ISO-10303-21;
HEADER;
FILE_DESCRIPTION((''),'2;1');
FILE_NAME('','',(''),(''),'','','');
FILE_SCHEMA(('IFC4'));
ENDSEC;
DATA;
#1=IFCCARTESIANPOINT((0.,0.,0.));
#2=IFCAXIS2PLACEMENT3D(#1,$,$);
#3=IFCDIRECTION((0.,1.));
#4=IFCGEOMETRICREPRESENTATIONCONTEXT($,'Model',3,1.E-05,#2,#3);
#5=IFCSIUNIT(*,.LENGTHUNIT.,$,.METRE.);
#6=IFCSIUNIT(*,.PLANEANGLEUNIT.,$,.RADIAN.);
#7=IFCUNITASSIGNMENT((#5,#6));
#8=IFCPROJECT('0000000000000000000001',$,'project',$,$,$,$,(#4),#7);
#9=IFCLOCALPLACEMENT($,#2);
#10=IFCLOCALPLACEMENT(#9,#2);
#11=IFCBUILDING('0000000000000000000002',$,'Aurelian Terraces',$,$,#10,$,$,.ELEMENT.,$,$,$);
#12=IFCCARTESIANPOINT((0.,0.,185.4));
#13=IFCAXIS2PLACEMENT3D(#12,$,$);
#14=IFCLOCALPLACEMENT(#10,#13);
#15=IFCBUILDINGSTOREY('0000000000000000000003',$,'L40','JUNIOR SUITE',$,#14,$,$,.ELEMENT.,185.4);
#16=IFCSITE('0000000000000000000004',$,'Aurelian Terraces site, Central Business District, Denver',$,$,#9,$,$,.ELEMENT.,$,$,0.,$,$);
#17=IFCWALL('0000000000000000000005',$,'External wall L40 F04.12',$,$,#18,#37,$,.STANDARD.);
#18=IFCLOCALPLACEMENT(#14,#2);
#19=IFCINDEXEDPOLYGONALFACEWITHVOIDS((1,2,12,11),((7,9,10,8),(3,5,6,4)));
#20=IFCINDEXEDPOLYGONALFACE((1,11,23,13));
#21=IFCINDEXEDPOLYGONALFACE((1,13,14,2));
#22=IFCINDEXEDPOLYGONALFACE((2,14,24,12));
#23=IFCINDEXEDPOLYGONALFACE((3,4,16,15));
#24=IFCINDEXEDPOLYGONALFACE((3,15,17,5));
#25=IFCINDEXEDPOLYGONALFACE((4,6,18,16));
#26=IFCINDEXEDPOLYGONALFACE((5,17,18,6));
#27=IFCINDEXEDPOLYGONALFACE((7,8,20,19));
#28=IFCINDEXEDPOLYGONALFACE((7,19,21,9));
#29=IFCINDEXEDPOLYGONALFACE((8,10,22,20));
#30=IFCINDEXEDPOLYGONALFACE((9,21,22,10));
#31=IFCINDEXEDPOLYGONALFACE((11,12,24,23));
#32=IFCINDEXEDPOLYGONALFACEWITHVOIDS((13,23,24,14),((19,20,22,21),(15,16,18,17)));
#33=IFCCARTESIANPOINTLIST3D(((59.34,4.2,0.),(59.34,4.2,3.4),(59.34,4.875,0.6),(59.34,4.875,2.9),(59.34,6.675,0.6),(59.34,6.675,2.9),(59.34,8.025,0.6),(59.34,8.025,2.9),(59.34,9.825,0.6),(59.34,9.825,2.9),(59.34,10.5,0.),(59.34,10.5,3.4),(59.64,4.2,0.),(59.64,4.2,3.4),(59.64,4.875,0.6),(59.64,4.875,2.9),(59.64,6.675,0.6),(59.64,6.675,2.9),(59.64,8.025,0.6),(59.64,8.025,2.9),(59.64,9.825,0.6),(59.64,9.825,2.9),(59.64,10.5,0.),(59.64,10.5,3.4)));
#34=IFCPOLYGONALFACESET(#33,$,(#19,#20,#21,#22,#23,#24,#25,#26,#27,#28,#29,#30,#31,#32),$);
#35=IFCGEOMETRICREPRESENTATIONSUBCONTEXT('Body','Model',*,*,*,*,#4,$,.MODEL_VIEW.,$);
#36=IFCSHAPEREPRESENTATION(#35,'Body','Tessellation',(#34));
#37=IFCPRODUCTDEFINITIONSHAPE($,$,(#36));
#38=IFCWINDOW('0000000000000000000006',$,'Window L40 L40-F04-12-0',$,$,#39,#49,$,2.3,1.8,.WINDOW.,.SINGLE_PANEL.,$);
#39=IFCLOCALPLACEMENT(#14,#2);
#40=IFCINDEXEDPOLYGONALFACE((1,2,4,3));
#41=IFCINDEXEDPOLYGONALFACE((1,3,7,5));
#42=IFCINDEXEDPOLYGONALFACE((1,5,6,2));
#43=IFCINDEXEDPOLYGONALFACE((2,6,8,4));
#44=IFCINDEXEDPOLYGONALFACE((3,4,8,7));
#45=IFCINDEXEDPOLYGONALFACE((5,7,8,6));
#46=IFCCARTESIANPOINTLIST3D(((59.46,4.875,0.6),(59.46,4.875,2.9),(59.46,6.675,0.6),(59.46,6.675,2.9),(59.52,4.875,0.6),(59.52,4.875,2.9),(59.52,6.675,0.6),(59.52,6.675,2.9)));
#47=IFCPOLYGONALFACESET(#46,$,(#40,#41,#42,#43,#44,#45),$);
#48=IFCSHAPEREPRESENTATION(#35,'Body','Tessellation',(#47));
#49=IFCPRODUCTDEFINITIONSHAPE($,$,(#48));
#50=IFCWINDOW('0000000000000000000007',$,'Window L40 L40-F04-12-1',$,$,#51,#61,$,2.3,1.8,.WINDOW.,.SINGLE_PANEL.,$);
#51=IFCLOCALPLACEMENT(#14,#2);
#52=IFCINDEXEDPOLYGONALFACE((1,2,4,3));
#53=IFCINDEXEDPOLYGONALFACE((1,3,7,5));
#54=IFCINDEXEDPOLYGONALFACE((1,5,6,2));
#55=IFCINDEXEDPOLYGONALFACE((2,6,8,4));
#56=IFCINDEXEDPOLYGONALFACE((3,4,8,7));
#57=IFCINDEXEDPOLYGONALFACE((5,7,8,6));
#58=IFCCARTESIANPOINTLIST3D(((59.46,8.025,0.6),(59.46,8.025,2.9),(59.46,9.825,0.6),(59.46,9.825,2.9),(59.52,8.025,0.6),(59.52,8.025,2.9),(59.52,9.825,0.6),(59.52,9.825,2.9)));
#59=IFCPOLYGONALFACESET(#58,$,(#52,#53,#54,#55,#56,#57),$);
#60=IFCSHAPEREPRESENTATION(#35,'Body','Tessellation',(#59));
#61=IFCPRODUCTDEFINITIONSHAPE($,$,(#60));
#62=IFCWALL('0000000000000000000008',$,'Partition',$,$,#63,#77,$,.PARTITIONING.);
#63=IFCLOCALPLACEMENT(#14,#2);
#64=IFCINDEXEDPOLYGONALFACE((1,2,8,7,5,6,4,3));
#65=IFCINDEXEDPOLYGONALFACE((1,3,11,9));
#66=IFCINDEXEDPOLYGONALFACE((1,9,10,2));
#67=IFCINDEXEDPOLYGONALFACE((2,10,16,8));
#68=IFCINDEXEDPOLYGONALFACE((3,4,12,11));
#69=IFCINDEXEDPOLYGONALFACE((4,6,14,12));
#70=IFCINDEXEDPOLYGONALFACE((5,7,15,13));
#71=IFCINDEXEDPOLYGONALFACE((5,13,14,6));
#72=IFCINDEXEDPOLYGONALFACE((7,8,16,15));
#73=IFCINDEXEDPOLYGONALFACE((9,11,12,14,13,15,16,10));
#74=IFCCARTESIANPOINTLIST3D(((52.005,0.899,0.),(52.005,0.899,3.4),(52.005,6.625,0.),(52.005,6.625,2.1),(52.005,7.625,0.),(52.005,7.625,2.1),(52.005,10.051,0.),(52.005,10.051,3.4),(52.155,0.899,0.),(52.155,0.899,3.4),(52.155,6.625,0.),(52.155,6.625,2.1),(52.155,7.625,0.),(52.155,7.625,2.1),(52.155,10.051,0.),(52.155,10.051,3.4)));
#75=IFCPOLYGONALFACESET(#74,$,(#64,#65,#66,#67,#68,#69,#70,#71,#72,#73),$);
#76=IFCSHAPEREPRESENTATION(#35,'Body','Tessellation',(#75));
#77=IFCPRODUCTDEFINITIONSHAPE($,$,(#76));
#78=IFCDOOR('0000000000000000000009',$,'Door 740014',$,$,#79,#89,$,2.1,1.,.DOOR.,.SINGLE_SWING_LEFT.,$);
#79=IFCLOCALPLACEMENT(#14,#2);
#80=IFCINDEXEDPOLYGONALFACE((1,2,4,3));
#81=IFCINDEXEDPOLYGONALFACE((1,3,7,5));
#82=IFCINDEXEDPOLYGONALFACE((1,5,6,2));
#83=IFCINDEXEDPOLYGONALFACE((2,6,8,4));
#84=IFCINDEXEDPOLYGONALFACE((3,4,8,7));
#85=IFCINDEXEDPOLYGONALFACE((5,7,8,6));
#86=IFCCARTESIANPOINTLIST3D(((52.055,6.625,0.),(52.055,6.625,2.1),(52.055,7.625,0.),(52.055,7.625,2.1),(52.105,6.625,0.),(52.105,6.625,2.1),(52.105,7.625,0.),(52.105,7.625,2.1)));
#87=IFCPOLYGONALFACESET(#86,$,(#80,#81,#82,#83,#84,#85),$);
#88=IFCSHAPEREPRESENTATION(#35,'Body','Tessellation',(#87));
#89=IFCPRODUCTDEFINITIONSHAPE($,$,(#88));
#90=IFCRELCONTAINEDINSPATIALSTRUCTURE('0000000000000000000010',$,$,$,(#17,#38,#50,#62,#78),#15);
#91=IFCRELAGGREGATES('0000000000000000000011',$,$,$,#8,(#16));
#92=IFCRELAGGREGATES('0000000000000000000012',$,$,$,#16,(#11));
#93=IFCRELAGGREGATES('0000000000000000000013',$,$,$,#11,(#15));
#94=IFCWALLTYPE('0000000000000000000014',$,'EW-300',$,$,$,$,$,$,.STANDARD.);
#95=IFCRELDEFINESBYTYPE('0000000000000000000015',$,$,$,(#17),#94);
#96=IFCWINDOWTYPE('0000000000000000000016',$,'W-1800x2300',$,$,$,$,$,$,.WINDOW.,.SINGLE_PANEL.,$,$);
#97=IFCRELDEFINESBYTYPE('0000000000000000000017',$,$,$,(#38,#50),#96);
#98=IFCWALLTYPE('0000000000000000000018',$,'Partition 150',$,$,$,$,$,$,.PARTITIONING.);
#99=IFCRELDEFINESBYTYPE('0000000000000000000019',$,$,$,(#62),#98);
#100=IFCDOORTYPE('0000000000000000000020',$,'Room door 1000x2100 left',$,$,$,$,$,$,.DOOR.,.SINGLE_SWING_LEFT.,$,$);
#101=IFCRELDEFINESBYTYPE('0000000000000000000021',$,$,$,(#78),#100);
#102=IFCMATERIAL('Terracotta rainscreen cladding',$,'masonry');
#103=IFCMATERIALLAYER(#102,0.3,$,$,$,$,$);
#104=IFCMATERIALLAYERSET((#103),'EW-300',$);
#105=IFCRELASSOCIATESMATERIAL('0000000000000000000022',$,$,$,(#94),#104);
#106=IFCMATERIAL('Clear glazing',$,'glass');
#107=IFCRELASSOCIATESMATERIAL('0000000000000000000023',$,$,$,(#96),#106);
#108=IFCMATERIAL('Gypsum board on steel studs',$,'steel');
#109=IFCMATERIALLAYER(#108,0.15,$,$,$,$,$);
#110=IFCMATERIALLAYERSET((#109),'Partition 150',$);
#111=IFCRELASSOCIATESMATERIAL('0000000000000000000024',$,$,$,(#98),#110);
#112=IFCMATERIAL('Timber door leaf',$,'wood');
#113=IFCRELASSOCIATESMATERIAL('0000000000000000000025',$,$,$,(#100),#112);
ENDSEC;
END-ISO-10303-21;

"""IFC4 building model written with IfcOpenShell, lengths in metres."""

from ifc_helpers import new_model, si_unit, direction, frame, frame_2d, origin, place, context, subcontext, project, spatial, rectangle, extrude, source, transform, mapped, material, layer, layer_set, type_object, element, fill, save


model = new_model("IFC4")

# Units and contexts
model_context = context("Model", 3, precision=1e-05, world=origin(), true_north=direction((0.0, 1.0)))
body_context = subcontext(model_context, "Body", "Model", "MODEL_VIEW")
ifc_project = project(units=[si_unit("LENGTHUNIT", "METRE"), si_unit("PLANEANGLEUNIT", "RADIAN")], contexts=[model_context])

# Site, building, storey
site_placement = place(None, origin())
site = spatial("IfcSite", under=ifc_project, at=site_placement, Name="Aurelian Terraces site, Central Business District, Denver", CompositionType="ELEMENT", RefElevation=0.0)
building_placement = place(site_placement, origin())
building = spatial("IfcBuilding", under=site, at=building_placement, Name="Aurelian Terraces", CompositionType="ELEMENT")
storey_placement = place(building_placement, frame((0.0, 0.0, 185.4)))
storey = spatial("IfcBuildingStorey", under=building, at=storey_placement, Name="L40", Description="JUNIOR SUITE", CompositionType="ELEMENT", Elevation=185.4)

# Shared definitions
ifc_material_1 = material(Name="Terracotta rainscreen cladding", Category="masonry")
ifc_layer_1 = layer(ifc_material_1, 0.3)
ifc_layer_set_1 = layer_set([ifc_layer_1], Name="EW-300")
wall_type_1 = type_object("IfcWallType", Name="EW-300", PredefinedType="STANDARD", material=ifc_layer_set_1)
shared_shape_1 = source(origin(), body_context, "Body", "SweptSolid", [
    extrude(rectangle(XDim=1.8, YDim=2.3, at=frame_2d((0.9, 1.15))), frame((0.0, 0.16, 0.0), z_axis=(0.0, -1.0, 0.0), x_axis=(1.0, 0.0, 0.0)), (0.0, 0.0, 1.0), 0.32),
])
ifc_material_2 = material(Name="Clear glazing", Category="glass")
window_type_1 = type_object("IfcWindowType", Name="W-1800x2300", PartitioningType="SINGLE_PANEL", PredefinedType="WINDOW", material=ifc_material_2)
shared_shape_2 = source(origin(), body_context, "Body", "SweptSolid", [
    extrude(rectangle(XDim=1.8, YDim=2.3, at=frame_2d((0.9, 1.15))), frame((0.0, 0.03, 0.0), z_axis=(0.0, -1.0, 0.0), x_axis=(1.0, 0.0, 0.0)), (0.0, 0.0, 1.0), 0.06),
])

# Wall, openings, windows
shared_shape_3 = source(origin(), body_context, "Body", "SweptSolid", [
    extrude(rectangle(XDim=6.3, YDim=0.3, at=frame_2d((3.15, 0.0))), origin(), (0.0, 0.0, 1.0), 3.4),
])
wall_1_placement = place(storey_placement, frame((59.49, 4.2, 0.0), z_axis=(0.0, 0.0, 1.0), x_axis=(0.0, 1.0, 0.0)))
wall_1 = element("IfcWall", 1, at=wall_1_placement, inside=storey, type_object=wall_type_1, Name="External wall L40 F04.12", PredefinedType="STANDARD", context=body_context, shape_type="MappedRepresentation", body=[
    mapped(shared_shape_3, transform((0.0, 0.0, 0.0), scale=1.0)),
])
opening_1_placement = place(wall_1_placement, frame((0.675, 0.0, 0.6)))
opening_1 = element("IfcOpeningElement", 2, at=opening_1_placement, cuts=wall_1, PredefinedType="OPENING", context=body_context, shape_type="MappedRepresentation", body=[
    mapped(shared_shape_1, transform((0.0, 0.0, 0.0), scale=1.0)),
])
opening_2_placement = place(wall_1_placement, frame((3.825, 0.0, 0.6)))
opening_2 = element("IfcOpeningElement", 3, at=opening_2_placement, cuts=wall_1, PredefinedType="OPENING", context=body_context, shape_type="MappedRepresentation", body=[
    mapped(shared_shape_1, transform((0.0, 0.0, 0.0), scale=1.0)),
])
window_1_placement = place(opening_1_placement, origin())
window_1 = element("IfcWindow", 4, at=window_1_placement, inside=storey, type_object=window_type_1, Name="Window L40 L40-F04-12-0", OverallHeight=2.3, OverallWidth=1.8, PartitioningType="SINGLE_PANEL", PredefinedType="WINDOW", context=body_context, shape_type="MappedRepresentation", body=[
    mapped(shared_shape_2, transform((0.0, 0.0, 0.0), scale=1.0)),
])
fill(opening_1, window_1)
window_2_placement = place(opening_2_placement, origin())
window_2 = element("IfcWindow", 5, at=window_2_placement, inside=storey, type_object=window_type_1, Name="Window L40 L40-F04-12-1", OverallHeight=2.3, OverallWidth=1.8, PartitioningType="SINGLE_PANEL", PredefinedType="WINDOW", context=body_context, shape_type="MappedRepresentation", body=[
    mapped(shared_shape_2, transform((0.0, 0.0, 0.0), scale=1.0)),
])
fill(opening_2, window_2)

# Wall, opening, door
ifc_material_3 = material(Name="Gypsum board on steel studs", Category="steel")
ifc_layer_2 = layer(ifc_material_3, 0.15)
ifc_layer_set_2 = layer_set([ifc_layer_2], Name="Partition 150")
wall_type_2 = type_object("IfcWallType", Name="Partition 150", PredefinedType="PARTITIONING", material=ifc_layer_set_2)
shared_shape_4 = source(origin(), body_context, "Body", "SweptSolid", [
    extrude(rectangle(XDim=9.152, YDim=0.15, at=frame_2d((4.576, 0.0))), origin(), (0.0, 0.0, 1.0), 3.4),
])
wall_2_placement = place(storey_placement, frame((52.08, 0.899, 0.0), z_axis=(0.0, 0.0, 1.0), x_axis=(0.0, 1.0, 0.0)))
wall_2 = element("IfcWall", 6, at=wall_2_placement, inside=storey, type_object=wall_type_2, Name="Partition", PredefinedType="PARTITIONING", context=body_context, shape_type="MappedRepresentation", body=[
    mapped(shared_shape_4, transform((0.0, 0.0, 0.0), scale=1.0)),
])
shared_shape_5 = source(origin(), body_context, "Body", "SweptSolid", [
    extrude(rectangle(XDim=1.0, YDim=2.1, at=frame_2d((0.5, 1.05))), frame((0.0, 0.085, 0.0), z_axis=(0.0, -1.0, 0.0), x_axis=(1.0, 0.0, 0.0)), (0.0, 0.0, 1.0), 0.17),
])
opening_3_placement = place(wall_2_placement, frame((5.726, 0.0, 0.0)))
opening_3 = element("IfcOpeningElement", 7, at=opening_3_placement, cuts=wall_2, PredefinedType="OPENING", context=body_context, shape_type="MappedRepresentation", body=[
    mapped(shared_shape_5, transform((0.0, 0.0, 0.0), scale=1.0)),
])
ifc_material_4 = material(Name="Timber door leaf", Category="wood")
door_type = type_object("IfcDoorType", Name="Room door 1000x2100 left", OperationType="SINGLE_SWING_LEFT", PredefinedType="DOOR", material=ifc_material_4)
shared_shape_6 = source(origin(), body_context, "Body", "SweptSolid", [
    extrude(rectangle(XDim=1.0, YDim=2.1, at=frame_2d((0.5, 1.05))), frame((0.0, 0.025, 0.0), z_axis=(0.0, -1.0, 0.0), x_axis=(1.0, 0.0, 0.0)), (0.0, 0.0, 1.0), 0.05),
])
door_placement = place(opening_3_placement, origin())
door = element("IfcDoor", 8, at=door_placement, inside=storey, type_object=door_type, Name="Door 740014", OperationType="SINGLE_SWING_LEFT", OverallHeight=2.1, OverallWidth=1.0, PredefinedType="DOOR", context=body_context, shape_type="MappedRepresentation", body=[
    mapped(shared_shape_6, transform((0.0, 0.0, 0.0), scale=1.0)),
])
fill(opening_3, door)

save(model, "model.ifc")
